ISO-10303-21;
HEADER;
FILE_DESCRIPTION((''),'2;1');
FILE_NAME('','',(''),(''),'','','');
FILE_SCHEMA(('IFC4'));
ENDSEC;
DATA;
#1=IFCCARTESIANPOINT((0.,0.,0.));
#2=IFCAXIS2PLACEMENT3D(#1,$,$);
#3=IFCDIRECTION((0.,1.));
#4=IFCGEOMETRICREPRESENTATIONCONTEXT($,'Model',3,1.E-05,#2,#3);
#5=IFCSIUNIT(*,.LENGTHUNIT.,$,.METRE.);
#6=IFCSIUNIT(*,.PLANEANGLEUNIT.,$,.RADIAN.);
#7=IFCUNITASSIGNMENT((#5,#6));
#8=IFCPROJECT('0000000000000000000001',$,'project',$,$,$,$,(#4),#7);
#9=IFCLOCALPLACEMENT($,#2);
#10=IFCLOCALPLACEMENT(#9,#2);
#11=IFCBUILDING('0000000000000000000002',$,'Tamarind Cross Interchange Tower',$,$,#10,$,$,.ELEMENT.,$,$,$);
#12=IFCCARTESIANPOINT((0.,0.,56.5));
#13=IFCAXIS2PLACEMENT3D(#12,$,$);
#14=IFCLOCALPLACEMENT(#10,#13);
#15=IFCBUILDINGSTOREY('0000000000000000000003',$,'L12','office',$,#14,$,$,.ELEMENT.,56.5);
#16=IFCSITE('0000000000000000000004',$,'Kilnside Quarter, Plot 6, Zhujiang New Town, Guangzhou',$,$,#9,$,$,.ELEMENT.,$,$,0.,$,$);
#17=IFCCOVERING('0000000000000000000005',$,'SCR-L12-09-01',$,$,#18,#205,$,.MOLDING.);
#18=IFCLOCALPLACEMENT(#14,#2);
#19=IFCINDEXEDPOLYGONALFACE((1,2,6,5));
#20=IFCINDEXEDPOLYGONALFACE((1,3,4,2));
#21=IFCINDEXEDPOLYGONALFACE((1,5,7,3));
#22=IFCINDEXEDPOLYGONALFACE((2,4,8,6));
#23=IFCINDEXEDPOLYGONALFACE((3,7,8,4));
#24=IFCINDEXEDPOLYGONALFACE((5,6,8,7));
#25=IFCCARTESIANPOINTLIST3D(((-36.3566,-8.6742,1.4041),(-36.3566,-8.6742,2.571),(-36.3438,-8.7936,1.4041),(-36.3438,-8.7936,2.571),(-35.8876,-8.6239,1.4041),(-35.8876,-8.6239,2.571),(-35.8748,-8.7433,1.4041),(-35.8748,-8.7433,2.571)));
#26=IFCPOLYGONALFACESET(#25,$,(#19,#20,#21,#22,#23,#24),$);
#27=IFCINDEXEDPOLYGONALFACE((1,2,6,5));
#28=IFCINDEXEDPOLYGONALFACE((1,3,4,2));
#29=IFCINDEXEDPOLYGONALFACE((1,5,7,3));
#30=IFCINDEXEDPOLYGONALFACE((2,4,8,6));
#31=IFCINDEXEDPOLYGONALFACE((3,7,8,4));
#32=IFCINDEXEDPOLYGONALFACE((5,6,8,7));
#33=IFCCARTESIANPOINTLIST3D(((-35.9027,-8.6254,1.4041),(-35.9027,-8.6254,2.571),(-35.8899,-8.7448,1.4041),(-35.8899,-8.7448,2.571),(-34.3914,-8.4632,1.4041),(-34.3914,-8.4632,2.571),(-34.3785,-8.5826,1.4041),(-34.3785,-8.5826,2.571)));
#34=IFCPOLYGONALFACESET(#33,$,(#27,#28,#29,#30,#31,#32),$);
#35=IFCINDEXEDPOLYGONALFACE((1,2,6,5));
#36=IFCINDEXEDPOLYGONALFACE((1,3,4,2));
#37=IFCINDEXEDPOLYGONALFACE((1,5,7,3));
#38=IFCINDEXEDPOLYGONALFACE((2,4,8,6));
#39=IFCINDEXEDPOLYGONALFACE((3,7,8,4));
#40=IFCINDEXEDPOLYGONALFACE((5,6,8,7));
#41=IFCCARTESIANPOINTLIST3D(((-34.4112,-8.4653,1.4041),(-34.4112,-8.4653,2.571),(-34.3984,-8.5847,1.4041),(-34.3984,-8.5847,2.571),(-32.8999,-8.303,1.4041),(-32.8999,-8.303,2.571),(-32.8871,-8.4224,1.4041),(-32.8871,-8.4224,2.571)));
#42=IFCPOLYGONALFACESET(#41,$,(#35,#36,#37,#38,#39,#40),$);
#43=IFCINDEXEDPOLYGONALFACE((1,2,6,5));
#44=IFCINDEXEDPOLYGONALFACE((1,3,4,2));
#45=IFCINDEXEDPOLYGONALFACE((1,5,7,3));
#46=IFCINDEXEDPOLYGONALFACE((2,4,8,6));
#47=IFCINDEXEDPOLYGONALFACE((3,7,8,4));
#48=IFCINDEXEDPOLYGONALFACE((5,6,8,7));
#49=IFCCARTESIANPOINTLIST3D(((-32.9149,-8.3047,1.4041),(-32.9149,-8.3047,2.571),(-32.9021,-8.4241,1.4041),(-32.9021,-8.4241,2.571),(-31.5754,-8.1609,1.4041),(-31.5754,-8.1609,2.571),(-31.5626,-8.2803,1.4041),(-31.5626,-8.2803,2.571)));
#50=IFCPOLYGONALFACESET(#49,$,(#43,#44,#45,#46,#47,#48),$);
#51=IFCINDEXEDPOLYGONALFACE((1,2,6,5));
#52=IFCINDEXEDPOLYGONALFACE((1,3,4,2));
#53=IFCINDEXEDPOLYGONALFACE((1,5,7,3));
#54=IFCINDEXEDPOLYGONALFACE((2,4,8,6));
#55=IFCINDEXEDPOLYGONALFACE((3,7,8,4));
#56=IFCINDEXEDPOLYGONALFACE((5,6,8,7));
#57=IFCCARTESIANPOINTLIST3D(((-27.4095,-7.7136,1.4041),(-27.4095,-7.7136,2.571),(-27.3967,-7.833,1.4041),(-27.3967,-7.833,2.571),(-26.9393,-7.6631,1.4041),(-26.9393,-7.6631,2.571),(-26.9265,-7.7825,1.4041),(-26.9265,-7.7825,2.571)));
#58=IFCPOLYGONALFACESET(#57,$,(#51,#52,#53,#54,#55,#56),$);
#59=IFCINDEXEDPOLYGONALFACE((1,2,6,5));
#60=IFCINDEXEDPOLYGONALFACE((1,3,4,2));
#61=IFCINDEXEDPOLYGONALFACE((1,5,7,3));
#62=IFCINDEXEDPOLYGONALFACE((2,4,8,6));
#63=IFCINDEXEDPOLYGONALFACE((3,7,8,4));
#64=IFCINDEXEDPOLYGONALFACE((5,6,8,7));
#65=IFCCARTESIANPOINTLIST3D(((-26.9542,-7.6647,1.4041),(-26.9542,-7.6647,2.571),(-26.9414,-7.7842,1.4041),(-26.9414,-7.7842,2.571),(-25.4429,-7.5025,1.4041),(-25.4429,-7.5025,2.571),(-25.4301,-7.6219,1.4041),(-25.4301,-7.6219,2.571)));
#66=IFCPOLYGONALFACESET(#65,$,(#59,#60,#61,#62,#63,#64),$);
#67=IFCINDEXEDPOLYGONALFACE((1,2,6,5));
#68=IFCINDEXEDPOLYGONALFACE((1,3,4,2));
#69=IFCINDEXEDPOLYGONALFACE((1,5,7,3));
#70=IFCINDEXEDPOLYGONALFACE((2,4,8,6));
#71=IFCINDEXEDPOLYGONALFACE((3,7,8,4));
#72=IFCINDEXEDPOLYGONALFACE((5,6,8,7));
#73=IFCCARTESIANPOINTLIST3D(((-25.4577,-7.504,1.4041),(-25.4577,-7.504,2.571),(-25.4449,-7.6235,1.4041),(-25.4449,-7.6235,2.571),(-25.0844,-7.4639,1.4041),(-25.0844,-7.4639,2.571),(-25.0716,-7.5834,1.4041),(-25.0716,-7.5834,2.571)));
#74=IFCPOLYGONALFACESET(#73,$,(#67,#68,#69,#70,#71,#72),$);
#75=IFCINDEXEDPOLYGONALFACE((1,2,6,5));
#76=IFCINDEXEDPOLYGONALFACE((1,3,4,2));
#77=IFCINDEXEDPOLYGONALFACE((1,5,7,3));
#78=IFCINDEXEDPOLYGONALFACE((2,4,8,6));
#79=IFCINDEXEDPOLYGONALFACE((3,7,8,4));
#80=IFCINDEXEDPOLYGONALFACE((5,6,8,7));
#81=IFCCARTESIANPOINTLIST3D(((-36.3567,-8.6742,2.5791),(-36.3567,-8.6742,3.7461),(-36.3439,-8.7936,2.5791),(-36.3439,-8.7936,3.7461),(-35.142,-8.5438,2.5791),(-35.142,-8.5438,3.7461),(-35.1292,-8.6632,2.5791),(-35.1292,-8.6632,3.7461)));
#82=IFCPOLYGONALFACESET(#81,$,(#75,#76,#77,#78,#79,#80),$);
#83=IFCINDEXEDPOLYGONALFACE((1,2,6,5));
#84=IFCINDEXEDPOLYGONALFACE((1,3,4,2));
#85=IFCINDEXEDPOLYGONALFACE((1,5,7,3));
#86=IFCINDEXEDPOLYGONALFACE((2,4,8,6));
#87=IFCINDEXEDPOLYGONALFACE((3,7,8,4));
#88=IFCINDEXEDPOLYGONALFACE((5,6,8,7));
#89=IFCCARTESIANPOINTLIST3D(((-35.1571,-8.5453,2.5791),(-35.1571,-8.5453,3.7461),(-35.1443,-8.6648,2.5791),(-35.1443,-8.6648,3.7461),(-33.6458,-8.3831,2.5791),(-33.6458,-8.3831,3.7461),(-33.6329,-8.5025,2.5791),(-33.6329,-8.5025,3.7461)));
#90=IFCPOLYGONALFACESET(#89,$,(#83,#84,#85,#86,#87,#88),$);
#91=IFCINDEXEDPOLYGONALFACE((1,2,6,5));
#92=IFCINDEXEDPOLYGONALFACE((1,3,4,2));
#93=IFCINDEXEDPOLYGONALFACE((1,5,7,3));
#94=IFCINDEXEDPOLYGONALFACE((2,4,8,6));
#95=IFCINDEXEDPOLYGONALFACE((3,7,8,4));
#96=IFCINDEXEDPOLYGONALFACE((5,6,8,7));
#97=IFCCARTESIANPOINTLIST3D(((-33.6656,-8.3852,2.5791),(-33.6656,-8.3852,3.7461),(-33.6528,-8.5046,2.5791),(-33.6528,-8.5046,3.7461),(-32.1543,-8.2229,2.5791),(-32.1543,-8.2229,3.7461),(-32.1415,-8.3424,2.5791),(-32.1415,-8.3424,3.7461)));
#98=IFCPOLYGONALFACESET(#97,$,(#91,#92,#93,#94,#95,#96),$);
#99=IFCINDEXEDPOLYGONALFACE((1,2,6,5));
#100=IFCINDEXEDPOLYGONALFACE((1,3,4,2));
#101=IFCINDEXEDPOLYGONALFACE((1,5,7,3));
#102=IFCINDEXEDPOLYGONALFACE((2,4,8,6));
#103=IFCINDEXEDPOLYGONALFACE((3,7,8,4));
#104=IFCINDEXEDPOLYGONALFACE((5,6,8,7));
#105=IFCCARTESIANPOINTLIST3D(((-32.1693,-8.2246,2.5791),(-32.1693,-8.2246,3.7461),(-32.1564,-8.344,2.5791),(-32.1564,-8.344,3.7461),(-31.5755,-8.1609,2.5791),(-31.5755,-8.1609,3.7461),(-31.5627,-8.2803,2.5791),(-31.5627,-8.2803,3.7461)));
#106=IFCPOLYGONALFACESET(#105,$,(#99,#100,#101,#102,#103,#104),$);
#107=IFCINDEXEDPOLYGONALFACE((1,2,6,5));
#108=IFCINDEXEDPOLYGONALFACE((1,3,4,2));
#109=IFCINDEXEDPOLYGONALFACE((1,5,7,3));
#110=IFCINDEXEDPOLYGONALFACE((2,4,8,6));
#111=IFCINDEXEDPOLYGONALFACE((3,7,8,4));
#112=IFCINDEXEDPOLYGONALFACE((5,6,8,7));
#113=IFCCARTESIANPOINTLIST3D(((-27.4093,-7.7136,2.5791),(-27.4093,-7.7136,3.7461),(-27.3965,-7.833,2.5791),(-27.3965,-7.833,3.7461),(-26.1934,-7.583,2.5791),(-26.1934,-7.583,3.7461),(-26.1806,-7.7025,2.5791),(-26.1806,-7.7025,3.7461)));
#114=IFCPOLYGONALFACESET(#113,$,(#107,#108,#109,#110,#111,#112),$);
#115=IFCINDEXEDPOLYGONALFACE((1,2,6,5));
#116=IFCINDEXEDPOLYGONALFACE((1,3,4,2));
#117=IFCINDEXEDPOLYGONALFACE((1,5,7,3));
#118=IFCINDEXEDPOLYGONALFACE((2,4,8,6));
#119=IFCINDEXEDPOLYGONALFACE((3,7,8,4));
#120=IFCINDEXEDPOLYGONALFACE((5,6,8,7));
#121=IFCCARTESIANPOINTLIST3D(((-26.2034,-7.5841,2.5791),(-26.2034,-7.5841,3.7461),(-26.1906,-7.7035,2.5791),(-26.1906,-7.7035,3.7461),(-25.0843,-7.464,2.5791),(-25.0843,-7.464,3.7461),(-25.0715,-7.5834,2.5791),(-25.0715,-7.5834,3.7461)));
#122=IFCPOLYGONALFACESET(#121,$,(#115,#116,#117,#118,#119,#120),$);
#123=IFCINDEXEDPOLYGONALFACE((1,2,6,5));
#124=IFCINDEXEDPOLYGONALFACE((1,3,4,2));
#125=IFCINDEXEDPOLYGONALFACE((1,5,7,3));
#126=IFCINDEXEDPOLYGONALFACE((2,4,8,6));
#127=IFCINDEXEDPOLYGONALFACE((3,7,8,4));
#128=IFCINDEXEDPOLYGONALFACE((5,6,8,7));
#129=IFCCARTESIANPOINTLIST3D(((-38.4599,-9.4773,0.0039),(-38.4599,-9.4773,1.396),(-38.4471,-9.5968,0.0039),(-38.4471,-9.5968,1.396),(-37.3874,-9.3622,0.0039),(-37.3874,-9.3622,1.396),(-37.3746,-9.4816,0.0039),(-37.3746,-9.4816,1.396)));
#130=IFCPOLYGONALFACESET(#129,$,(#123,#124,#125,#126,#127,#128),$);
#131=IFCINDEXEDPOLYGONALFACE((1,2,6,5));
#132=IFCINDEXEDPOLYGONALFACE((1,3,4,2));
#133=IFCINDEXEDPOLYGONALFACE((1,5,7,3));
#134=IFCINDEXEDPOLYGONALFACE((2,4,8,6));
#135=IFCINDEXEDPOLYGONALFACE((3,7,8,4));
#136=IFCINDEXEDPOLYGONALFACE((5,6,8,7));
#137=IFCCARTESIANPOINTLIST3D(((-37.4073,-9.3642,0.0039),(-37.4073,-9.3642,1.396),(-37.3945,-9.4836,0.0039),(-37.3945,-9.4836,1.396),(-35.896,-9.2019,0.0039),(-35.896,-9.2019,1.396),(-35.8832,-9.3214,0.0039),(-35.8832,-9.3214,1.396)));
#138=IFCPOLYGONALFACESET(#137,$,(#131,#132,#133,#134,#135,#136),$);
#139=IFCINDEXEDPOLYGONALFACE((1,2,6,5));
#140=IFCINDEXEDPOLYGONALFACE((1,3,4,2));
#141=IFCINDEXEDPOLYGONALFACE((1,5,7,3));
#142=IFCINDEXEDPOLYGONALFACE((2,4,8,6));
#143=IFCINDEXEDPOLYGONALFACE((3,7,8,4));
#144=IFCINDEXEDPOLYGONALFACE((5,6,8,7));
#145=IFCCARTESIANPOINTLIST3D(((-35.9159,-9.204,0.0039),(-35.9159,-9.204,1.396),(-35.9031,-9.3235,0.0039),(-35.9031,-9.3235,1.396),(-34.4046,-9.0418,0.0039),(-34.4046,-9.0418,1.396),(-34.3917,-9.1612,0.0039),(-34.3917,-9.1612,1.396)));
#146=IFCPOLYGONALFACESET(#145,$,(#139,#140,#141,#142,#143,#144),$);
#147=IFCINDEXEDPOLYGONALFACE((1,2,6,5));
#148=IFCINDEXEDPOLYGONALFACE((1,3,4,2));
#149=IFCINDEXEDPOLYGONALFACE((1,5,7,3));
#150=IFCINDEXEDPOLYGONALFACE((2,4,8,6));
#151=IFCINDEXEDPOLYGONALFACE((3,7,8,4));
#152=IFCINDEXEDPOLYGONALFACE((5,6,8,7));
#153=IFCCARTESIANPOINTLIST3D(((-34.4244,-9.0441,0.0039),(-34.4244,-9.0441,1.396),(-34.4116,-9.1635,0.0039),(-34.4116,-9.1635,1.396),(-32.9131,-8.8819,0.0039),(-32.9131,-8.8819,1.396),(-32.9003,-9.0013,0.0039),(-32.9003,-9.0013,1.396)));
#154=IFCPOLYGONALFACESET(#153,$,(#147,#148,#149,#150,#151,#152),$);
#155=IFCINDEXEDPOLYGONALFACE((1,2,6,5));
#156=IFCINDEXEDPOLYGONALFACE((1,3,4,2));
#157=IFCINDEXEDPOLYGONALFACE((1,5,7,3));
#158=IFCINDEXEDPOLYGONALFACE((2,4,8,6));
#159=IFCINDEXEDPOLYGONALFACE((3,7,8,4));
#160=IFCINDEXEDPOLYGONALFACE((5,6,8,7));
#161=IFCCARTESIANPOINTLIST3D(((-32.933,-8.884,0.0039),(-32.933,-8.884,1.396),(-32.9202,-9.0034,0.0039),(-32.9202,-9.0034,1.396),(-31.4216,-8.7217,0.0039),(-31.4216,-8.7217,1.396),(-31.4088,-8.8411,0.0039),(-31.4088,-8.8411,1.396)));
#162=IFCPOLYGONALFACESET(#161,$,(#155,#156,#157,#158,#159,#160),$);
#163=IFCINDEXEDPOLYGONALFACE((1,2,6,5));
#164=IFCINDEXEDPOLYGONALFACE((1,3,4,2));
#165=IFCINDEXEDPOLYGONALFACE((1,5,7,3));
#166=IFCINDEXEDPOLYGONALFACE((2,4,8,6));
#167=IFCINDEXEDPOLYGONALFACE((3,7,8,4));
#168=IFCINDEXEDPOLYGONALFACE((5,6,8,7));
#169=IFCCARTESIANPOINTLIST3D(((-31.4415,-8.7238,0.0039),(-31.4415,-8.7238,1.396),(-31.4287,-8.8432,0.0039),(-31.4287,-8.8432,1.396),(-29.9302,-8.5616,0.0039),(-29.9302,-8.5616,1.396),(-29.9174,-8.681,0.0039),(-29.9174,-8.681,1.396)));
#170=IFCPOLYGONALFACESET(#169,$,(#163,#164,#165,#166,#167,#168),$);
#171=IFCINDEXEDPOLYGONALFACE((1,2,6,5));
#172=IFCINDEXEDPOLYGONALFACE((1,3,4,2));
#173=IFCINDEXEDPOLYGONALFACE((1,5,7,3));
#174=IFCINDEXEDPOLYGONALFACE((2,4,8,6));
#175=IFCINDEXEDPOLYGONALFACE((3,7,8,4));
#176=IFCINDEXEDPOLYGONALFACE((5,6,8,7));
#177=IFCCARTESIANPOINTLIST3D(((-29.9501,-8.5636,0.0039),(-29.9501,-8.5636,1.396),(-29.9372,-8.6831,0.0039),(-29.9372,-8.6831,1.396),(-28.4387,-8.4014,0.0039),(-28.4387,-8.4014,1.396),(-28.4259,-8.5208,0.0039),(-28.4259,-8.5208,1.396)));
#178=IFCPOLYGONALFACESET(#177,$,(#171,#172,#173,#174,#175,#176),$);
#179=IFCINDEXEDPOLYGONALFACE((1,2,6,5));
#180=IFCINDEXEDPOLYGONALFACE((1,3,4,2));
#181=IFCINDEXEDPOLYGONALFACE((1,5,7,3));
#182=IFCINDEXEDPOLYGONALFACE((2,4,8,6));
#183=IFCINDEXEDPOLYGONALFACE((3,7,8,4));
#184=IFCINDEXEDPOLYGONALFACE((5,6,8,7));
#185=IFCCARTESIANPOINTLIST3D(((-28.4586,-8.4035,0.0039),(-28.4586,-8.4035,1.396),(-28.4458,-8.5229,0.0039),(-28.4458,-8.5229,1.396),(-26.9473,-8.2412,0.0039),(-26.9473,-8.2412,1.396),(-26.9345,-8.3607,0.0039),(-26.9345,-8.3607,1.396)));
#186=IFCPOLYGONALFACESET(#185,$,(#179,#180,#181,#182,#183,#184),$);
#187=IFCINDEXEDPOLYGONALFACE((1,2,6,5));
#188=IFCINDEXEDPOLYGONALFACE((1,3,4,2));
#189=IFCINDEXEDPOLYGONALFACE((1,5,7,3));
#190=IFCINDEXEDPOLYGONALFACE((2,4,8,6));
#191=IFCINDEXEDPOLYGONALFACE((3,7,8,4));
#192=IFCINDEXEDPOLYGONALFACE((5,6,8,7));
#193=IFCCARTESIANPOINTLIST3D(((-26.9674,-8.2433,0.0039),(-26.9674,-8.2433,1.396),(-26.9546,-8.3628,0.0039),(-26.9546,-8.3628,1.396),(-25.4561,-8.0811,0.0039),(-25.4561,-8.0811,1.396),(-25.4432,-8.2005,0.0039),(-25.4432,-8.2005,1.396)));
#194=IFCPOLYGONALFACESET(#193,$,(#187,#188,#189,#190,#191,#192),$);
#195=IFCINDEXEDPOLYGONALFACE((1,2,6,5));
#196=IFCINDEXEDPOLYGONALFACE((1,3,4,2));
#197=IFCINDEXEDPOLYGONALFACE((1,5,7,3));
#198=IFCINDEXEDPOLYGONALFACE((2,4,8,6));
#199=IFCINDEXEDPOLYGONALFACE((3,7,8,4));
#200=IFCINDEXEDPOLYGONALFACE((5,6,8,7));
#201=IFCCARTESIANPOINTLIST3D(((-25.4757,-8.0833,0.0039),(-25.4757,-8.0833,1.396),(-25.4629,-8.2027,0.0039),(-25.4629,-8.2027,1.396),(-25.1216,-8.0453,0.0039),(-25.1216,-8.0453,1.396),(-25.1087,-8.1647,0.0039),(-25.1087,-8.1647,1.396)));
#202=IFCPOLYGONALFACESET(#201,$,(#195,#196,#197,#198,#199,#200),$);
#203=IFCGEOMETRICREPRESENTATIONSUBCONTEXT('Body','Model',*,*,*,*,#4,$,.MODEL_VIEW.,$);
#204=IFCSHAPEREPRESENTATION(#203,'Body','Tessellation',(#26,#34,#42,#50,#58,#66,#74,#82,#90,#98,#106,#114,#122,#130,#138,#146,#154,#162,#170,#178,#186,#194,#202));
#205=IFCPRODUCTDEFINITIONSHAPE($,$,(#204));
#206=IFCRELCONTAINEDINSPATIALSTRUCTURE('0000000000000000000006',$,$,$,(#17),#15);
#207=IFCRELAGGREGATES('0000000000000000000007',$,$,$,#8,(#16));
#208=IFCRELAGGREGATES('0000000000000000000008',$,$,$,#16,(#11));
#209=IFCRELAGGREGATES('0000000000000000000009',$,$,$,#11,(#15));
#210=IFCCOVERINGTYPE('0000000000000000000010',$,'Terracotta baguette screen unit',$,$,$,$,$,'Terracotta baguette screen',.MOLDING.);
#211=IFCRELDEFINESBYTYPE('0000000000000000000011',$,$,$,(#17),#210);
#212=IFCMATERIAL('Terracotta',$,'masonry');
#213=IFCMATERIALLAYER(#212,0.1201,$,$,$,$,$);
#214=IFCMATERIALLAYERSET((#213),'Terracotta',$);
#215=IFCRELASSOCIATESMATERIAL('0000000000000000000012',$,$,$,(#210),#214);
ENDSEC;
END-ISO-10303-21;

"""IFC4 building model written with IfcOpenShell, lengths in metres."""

from ifc_helpers import new_model, si_unit, direction, frame, origin, origin_2d, place, context, subcontext, project, spatial, rectangle, extrude, material, layer, layer_set, type_object, element, save


model = new_model("IFC4")

# Units and contexts
model_context = context("Model", 3, precision=1e-05, world=origin(), true_north=direction((0.0, 1.0)))
body_context = subcontext(model_context, "Body", "Model", "MODEL_VIEW")
ifc_project = project(units=[si_unit("LENGTHUNIT", "METRE"), si_unit("PLANEANGLEUNIT", "RADIAN")], contexts=[model_context])

# Site, building, storey
site_placement = place(None, origin())
site = spatial("IfcSite", under=ifc_project, at=site_placement, Name="Kilnside Quarter, Plot 6, Zhujiang New Town, Guangzhou", CompositionType="ELEMENT", RefElevation=0.0)
building_placement = place(site_placement, origin())
building = spatial("IfcBuilding", under=site, at=building_placement, Name="Tamarind Cross Interchange Tower", CompositionType="ELEMENT")
storey_placement = place(building_placement, frame((0.0, 0.0, 56.5)))
storey = spatial("IfcBuildingStorey", under=building, at=storey_placement, Name="L12", Description="office", CompositionType="ELEMENT", Elevation=56.5)

# Covering
ifc_material_1 = material(Name="Terracotta", Category="masonry")
ifc_layer_1 = layer(ifc_material_1, 0.1201)
ifc_layer_set_1 = layer_set([ifc_layer_1], Name="Terracotta")
covering_type = type_object("IfcCoveringType", Name="Terracotta baguette screen unit", ElementType="Terracotta baguette screen", PredefinedType="MOLDING", material=ifc_layer_set_1)
covering_1_placement = place(storey_placement, origin())
element("IfcCovering", 1, at=covering_1_placement, inside=storey, type_object=covering_type, Name="SCR-L12-09-01", PredefinedType="MOLDING", context=body_context, shape_type="SweptSolid", body=[
    extrude(rectangle(XDim=0.4717, YDim=0.1201, at=origin_2d()), frame((-36.1157, -8.7087, 1.4041), z_axis=(0.0, 0.0, 1.0), x_axis=(0.994287, 0.106744, 0.0)), (0.0, 0.0, 1.0), 1.167),
    extrude(rectangle(XDim=1.52, YDim=0.1201, at=origin_2d()), frame((-35.1406, -8.604, 1.4041), z_axis=(0.0, 0.0, 1.0), x_axis=(0.994287, 0.106744, 0.0)), (0.0, 0.0, 1.0), 1.167),
    extrude(rectangle(XDim=1.52, YDim=0.1201, at=origin_2d()), frame((-33.6492, -8.4438, 1.4041), z_axis=(0.0, 0.0, 1.0), x_axis=(0.994287, 0.106744, 0.0)), (0.0, 0.0, 1.0), 1.167),
    extrude(rectangle(XDim=1.3472, YDim=0.1201, at=origin_2d()), frame((-32.2388, -8.2925, 1.4041), z_axis=(0.0, 0.0, 1.0), x_axis=(0.994287, 0.106744, 0.0)), (0.0, 0.0, 1.0), 1.167),
    extrude(rectangle(XDim=0.4729, YDim=0.1201, at=origin_2d()), frame((-27.168, -7.748, 1.4041), z_axis=(0.0, 0.0, 1.0), x_axis=(0.994287, 0.106744, 0.0)), (0.0, 0.0, 1.0), 1.167),
    extrude(rectangle(XDim=1.52, YDim=0.1201, at=origin_2d()), frame((-26.1921, -7.6433, 1.4041), z_axis=(0.0, 0.0, 1.0), x_axis=(0.994287, 0.106744, 0.0)), (0.0, 0.0, 1.0), 1.167),
    extrude(rectangle(XDim=0.3755, YDim=0.1201, at=origin_2d()), frame((-25.2646, -7.5437, 1.4041), z_axis=(0.0, 0.0, 1.0), x_axis=(0.994287, 0.106744, 0.0)), (0.0, 0.0, 1.0), 1.167),
    extrude(rectangle(XDim=1.2217, YDim=0.1201, at=origin_2d()), frame((-35.7429, -8.6687, 2.5791), z_axis=(0.0, 0.0, 1.0), x_axis=(0.994287, 0.106744, 0.0)), (0.0, 0.0, 1.0), 1.167),
    extrude(rectangle(XDim=1.52, YDim=0.1201, at=origin_2d()), frame((-34.395, -8.5239, 2.5791), z_axis=(0.0, 0.0, 1.0), x_axis=(0.994287, 0.106744, 0.0)), (0.0, 0.0, 1.0), 1.167),
    extrude(rectangle(XDim=1.52, YDim=0.1201, at=origin_2d()), frame((-32.9036, -8.3638, 2.5791), z_axis=(0.0, 0.0, 1.0), x_axis=(0.994287, 0.106744, 0.0)), (0.0, 0.0, 1.0), 1.167),
    extrude(rectangle(XDim=0.5972, YDim=0.1201, at=origin_2d()), frame((-31.866, -8.2524, 2.5791), z_axis=(0.0, 0.0, 1.0), x_axis=(0.994287, 0.106744, 0.0)), (0.0, 0.0, 1.0), 1.167),
    extrude(rectangle(XDim=1.2229, YDim=0.1201, at=origin_2d()), frame((-26.7949, -7.708, 2.5791), z_axis=(0.0, 0.0, 1.0), x_axis=(0.994287, 0.106744, 0.0)), (0.0, 0.0, 1.0), 1.167),
    extrude(rectangle(XDim=1.1255, YDim=0.1201, at=origin_2d()), frame((-25.6375, -7.5837, 2.5791), z_axis=(0.0, 0.0, 1.0), x_axis=(0.994287, 0.106744, 0.0)), (0.0, 0.0, 1.0), 1.167),
    extrude(rectangle(XDim=1.0786, YDim=0.1201, at=origin_2d()), frame((-37.9172, -9.4795, 0.0039), z_axis=(0.0, 0.0, 1.0), x_axis=(0.994287, 0.106744, 0.0)), (0.0, 0.0, 1.0), 1.3921),
    extrude(rectangle(XDim=1.52, YDim=0.1201, at=origin_2d()), frame((-36.6453, -9.3428, 0.0039), z_axis=(0.0, 0.0, 1.0), x_axis=(0.994287, 0.106744, 0.0)), (0.0, 0.0, 1.0), 1.3921),
    extrude(rectangle(XDim=1.52, YDim=0.1201, at=origin_2d()), frame((-35.1538, -9.1826, 0.0039), z_axis=(0.0, 0.0, 1.0), x_axis=(0.994287, 0.106744, 0.0)), (0.0, 0.0, 1.0), 1.3921),
    extrude(rectangle(XDim=1.52, YDim=0.1201, at=origin_2d()), frame((-33.6624, -9.0227, 0.0039), z_axis=(0.0, 0.0, 1.0), x_axis=(0.994287, 0.106744, 0.0)), (0.0, 0.0, 1.0), 1.3921),
    extrude(rectangle(XDim=1.52, YDim=0.1201, at=origin_2d()), frame((-32.1709, -8.8625, 0.0039), z_axis=(0.0, 0.0, 1.0), x_axis=(0.994287, 0.106744, 0.0)), (0.0, 0.0, 1.0), 1.3921),
    extrude(rectangle(XDim=1.52, YDim=0.1201, at=origin_2d()), frame((-30.6794, -8.7024, 0.0039), z_axis=(0.0, 0.0, 1.0), x_axis=(0.994287, 0.106744, 0.0)), (0.0, 0.0, 1.0), 1.3921),
    extrude(rectangle(XDim=1.52, YDim=0.1201, at=origin_2d()), frame((-29.188, -8.5422, 0.0039), z_axis=(0.0, 0.0, 1.0), x_axis=(0.994287, 0.106744, 0.0)), (0.0, 0.0, 1.0), 1.3921),
    extrude(rectangle(XDim=1.52, YDim=0.1201, at=origin_2d()), frame((-27.6965, -8.3821, 0.0039), z_axis=(0.0, 0.0, 1.0), x_axis=(0.994287, 0.106744, 0.0)), (0.0, 0.0, 1.0), 1.3921),
    extrude(rectangle(XDim=1.52, YDim=0.1201, at=origin_2d()), frame((-26.2053, -8.2219, 0.0039), z_axis=(0.0, 0.0, 1.0), x_axis=(0.994287, 0.106744, 0.0)), (0.0, 0.0, 1.0), 1.3921),
    extrude(rectangle(XDim=0.3562, YDim=0.1201, at=origin_2d()), frame((-25.2922, -8.124, 0.0039), z_axis=(0.0, 0.0, 1.0), x_axis=(0.994287, 0.106744, 0.0)), (0.0, 0.0, 1.0), 1.3921),
])

save(model, "model.ifc")
